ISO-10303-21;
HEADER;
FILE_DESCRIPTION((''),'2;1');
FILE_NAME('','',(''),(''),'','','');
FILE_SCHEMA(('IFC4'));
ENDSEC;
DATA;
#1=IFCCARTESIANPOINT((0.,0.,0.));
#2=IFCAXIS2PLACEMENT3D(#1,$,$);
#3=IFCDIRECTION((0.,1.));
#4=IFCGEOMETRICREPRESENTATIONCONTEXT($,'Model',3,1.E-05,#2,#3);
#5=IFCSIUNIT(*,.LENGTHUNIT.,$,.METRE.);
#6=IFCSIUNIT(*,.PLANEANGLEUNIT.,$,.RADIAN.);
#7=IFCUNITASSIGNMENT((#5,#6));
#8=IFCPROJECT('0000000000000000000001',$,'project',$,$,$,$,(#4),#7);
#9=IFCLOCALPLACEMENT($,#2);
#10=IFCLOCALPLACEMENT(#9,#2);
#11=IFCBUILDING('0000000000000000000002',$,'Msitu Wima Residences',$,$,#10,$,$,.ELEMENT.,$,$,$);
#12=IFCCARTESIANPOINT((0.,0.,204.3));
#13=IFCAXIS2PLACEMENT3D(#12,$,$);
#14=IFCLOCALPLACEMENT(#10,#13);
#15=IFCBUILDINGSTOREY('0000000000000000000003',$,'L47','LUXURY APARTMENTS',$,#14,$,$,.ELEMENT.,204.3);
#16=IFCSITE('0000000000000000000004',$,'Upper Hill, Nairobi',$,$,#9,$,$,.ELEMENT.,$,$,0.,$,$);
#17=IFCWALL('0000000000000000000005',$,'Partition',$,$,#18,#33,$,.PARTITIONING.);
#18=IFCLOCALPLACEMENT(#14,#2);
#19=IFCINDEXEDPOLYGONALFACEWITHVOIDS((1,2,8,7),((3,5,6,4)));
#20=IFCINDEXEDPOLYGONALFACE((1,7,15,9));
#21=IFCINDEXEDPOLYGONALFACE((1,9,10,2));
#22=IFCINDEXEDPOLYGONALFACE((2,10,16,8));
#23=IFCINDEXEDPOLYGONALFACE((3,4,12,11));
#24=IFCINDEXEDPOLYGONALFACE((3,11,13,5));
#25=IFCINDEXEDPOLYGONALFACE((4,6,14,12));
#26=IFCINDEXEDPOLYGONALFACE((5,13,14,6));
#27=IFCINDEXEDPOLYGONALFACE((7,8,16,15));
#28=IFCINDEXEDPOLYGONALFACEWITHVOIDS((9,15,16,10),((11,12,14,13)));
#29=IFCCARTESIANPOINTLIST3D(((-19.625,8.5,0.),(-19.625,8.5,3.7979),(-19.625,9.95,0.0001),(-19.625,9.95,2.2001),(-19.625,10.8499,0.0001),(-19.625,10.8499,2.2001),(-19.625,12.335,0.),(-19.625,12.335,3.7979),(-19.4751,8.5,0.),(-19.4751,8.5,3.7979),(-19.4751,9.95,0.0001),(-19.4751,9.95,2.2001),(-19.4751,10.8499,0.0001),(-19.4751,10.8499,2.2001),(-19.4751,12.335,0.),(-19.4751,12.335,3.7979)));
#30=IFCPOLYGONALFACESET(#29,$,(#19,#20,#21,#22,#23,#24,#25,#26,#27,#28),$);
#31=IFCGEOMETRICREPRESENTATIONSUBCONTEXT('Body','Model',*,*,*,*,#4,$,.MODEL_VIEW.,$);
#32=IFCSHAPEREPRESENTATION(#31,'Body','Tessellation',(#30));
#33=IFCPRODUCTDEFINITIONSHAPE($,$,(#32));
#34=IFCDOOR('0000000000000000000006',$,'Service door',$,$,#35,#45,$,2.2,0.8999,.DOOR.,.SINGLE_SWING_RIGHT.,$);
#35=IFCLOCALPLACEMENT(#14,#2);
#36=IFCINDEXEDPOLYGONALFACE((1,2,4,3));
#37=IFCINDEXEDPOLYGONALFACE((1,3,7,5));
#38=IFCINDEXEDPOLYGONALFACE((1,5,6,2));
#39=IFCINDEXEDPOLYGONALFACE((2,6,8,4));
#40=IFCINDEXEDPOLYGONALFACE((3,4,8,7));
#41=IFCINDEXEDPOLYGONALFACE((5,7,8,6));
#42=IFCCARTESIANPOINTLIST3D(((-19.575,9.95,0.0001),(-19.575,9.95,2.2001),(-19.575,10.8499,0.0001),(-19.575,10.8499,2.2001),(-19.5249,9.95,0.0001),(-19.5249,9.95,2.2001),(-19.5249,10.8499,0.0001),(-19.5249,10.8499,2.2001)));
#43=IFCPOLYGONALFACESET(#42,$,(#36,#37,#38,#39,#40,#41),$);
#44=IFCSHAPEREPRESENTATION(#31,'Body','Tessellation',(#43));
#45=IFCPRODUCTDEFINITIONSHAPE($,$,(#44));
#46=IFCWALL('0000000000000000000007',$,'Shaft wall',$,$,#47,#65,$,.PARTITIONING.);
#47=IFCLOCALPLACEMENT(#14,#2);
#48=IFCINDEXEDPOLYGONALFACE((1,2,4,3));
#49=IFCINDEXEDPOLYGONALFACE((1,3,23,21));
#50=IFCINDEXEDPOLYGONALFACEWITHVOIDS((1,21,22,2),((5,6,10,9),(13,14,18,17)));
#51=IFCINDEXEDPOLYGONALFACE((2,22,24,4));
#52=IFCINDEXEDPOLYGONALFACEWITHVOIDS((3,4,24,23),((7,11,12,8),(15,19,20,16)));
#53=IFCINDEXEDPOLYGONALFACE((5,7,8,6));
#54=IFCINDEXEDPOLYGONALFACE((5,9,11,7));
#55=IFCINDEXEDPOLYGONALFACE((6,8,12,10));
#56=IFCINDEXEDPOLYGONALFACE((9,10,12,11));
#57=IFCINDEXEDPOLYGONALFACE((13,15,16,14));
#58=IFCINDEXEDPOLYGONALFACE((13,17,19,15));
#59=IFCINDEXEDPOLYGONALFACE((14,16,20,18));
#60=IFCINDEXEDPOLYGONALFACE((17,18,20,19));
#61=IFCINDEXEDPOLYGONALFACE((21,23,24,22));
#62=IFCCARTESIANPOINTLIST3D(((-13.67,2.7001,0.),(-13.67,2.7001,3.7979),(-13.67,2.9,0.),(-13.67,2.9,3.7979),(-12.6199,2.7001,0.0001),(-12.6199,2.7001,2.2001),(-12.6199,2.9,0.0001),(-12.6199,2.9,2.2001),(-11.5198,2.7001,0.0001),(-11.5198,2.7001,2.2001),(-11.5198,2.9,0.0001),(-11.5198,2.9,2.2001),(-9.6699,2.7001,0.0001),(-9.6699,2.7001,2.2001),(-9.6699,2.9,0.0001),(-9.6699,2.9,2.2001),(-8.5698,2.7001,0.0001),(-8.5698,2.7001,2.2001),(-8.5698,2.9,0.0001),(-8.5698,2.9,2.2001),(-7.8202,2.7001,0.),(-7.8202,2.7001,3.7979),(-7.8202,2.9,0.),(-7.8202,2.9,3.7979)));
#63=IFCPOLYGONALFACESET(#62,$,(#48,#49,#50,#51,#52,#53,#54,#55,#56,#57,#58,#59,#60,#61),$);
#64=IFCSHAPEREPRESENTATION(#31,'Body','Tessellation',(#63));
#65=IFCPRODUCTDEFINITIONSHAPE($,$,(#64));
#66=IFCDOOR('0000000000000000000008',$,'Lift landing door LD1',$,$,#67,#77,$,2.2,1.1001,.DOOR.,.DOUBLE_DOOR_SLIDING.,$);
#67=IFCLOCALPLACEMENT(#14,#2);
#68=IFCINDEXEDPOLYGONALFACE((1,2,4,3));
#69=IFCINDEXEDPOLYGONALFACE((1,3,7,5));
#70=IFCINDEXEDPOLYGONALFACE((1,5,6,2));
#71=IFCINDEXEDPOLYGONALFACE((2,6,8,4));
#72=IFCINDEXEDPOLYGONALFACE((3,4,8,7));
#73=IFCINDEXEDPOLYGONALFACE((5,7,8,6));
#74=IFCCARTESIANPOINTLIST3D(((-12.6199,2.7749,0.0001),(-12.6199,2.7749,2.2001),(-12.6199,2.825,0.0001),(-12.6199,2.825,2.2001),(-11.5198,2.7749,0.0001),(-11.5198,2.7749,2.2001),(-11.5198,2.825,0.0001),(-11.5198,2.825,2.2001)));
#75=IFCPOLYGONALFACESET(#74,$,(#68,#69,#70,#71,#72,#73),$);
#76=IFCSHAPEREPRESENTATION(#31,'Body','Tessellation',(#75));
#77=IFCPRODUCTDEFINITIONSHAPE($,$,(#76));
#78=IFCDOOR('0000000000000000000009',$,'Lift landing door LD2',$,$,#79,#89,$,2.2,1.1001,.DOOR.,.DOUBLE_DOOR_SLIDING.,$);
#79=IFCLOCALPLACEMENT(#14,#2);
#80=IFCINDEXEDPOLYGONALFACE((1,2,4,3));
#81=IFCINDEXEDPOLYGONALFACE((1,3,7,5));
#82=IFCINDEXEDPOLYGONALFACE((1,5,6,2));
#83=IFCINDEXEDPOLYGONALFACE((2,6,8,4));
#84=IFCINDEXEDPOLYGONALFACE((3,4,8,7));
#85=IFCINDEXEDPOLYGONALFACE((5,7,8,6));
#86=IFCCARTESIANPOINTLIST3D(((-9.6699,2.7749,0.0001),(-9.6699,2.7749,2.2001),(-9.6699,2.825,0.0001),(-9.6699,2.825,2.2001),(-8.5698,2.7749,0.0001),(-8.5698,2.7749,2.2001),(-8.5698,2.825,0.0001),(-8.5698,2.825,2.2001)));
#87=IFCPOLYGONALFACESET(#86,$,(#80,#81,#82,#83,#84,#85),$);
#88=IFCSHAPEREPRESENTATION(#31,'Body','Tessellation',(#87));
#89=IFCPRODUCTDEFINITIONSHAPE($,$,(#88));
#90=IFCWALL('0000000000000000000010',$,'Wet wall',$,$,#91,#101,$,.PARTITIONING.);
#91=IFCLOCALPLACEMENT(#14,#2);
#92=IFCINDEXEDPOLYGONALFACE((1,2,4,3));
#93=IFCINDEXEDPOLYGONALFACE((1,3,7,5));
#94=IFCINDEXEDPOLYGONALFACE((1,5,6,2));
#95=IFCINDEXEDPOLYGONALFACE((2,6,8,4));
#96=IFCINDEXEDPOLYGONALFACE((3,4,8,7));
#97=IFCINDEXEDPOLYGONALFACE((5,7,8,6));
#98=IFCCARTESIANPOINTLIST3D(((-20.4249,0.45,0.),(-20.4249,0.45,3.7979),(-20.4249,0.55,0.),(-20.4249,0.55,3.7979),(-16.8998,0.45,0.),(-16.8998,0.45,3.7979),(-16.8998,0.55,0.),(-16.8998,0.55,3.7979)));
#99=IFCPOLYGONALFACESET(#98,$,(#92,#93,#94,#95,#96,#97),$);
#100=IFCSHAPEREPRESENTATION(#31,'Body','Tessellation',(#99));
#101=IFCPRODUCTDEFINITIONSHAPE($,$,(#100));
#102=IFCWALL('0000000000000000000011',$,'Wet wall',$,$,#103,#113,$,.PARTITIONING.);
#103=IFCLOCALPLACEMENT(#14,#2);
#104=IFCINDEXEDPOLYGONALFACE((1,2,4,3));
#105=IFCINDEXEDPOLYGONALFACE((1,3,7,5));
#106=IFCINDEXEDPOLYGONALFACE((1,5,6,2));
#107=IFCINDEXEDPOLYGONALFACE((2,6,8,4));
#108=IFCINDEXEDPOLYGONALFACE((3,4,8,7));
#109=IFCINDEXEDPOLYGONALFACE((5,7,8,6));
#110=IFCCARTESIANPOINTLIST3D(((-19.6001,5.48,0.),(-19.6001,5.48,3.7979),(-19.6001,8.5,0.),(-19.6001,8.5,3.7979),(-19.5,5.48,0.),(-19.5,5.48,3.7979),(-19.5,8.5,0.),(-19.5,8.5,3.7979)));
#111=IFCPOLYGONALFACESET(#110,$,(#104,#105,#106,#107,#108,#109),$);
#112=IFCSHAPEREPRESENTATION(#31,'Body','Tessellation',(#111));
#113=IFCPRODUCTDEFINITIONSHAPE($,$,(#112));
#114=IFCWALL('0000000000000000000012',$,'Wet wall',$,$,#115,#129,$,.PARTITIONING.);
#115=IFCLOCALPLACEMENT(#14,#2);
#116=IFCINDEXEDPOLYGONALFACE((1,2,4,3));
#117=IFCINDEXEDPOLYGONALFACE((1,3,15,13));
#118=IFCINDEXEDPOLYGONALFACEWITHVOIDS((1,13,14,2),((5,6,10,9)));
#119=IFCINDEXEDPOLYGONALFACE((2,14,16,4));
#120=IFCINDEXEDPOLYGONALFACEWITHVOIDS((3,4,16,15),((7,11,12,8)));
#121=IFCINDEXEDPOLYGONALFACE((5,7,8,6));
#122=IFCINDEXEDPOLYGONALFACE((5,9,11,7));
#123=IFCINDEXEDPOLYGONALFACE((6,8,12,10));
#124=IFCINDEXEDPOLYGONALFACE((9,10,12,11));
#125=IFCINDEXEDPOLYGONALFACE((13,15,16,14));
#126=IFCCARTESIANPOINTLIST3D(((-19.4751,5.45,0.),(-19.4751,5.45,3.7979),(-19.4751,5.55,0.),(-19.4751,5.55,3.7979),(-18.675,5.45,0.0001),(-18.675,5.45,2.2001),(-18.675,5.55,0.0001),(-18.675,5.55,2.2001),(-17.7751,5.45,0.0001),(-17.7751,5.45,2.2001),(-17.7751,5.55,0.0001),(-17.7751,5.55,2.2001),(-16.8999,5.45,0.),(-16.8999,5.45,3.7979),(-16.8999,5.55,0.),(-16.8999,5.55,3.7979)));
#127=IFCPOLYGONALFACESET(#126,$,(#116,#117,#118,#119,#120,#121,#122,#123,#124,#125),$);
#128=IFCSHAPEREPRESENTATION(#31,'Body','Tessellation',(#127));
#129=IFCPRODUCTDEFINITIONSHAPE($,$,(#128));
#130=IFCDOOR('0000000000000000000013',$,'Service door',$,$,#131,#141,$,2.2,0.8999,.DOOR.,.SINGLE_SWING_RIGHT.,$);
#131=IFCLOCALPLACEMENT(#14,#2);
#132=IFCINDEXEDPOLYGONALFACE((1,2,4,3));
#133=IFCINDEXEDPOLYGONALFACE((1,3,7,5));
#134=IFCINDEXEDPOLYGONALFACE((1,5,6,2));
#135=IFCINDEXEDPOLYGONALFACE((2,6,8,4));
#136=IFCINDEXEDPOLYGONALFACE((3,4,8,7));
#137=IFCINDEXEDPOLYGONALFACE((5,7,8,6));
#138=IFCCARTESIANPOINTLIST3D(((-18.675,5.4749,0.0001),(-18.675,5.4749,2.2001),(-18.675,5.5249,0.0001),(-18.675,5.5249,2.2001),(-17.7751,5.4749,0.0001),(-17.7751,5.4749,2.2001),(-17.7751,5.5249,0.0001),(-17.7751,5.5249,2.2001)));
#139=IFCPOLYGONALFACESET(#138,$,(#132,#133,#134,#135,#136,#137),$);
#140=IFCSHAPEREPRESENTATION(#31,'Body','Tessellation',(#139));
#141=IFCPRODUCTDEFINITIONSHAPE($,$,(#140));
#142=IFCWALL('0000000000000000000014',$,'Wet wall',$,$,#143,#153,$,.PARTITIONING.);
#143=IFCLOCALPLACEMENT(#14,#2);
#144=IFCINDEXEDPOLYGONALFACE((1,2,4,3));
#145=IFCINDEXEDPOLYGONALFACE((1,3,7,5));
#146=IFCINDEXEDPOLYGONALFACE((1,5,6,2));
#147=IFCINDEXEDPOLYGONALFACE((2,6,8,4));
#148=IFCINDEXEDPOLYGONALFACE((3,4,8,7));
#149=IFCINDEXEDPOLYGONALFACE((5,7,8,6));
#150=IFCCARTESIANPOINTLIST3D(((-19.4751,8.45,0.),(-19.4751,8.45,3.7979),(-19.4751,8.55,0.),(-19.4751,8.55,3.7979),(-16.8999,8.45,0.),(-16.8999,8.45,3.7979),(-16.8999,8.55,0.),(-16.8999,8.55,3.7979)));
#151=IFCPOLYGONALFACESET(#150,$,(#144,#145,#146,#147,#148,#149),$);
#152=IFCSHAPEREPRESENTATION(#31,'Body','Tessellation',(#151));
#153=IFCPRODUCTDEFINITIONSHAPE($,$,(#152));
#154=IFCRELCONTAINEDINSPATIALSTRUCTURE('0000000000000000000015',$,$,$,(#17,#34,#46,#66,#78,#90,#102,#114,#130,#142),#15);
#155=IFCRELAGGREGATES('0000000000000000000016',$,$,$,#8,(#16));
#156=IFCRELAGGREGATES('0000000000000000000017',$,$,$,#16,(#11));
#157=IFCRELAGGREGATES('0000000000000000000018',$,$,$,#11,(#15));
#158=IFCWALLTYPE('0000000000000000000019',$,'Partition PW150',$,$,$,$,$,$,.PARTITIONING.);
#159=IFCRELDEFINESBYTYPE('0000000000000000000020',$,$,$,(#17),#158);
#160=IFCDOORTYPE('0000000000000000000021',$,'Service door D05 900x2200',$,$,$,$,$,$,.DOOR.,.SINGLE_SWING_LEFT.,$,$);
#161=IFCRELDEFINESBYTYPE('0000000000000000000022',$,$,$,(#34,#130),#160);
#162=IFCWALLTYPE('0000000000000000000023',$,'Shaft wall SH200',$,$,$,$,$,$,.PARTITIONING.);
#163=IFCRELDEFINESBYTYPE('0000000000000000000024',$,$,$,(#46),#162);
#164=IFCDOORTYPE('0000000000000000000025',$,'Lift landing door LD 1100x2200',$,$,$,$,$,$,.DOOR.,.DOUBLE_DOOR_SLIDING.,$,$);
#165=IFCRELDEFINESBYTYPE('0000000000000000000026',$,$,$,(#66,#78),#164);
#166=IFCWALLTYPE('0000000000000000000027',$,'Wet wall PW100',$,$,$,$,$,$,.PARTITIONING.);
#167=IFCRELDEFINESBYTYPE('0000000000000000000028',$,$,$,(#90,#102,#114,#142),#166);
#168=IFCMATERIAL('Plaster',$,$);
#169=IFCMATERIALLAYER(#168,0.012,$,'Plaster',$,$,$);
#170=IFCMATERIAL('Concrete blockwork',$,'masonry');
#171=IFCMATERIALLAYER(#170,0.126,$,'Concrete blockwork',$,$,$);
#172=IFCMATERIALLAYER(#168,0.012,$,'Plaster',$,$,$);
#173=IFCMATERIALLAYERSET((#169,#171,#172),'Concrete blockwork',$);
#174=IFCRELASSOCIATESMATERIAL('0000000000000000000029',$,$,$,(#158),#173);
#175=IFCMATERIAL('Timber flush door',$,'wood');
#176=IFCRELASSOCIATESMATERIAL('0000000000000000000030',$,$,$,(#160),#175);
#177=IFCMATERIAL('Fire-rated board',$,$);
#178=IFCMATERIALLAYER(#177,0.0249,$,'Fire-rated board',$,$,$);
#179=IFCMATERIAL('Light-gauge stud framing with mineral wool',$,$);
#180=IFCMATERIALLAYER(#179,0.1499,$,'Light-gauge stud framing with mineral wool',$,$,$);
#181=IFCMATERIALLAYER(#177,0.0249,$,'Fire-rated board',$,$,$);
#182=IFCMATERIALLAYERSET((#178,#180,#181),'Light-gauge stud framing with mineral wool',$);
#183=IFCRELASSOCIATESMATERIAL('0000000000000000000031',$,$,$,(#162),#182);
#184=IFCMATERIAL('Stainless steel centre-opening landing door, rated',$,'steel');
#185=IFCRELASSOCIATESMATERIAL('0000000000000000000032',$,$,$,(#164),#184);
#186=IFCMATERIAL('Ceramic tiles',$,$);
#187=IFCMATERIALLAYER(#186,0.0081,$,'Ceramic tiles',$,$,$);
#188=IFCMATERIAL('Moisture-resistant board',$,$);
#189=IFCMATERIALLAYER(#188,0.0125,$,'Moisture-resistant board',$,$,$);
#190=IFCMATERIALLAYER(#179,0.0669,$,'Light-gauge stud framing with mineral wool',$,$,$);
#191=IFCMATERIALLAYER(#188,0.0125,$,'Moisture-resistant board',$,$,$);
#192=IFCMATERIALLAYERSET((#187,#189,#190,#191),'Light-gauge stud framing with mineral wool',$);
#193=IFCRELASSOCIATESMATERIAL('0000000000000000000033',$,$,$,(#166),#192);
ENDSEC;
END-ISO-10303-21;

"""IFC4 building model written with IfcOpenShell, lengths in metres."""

from ifc_helpers import new_model, si_unit, direction, frame, frame_2d, origin, place, context, subcontext, project, spatial, rectangle, extrude, material, layer, layer_set, type_object, element, fill, save


model = new_model("IFC4")

# Units and contexts
model_context = context("Model", 3, precision=1e-05, world=origin(), true_north=direction((0.0, 1.0)))
body_context = subcontext(model_context, "Body", "Model", "MODEL_VIEW")
ifc_project = project(units=[si_unit("LENGTHUNIT", "METRE"), si_unit("PLANEANGLEUNIT", "RADIAN")], contexts=[model_context])

# Site, building, storey
site_placement = place(None, origin())
site = spatial("IfcSite", under=ifc_project, at=site_placement, Name="Upper Hill, Nairobi", CompositionType="ELEMENT", RefElevation=0.0)
building_placement = place(site_placement, origin())
building = spatial("IfcBuilding", under=site, at=building_placement, Name="Msitu Wima Residences", CompositionType="ELEMENT")
storey_placement = place(building_placement, frame((0.0, 0.0, 204.3)))
storey = spatial("IfcBuildingStorey", under=building, at=storey_placement, Name="L47", Description="LUXURY APARTMENTS", CompositionType="ELEMENT", Elevation=204.3)

# Shared definitions
ifc_material_1 = material(Name="Plaster")
ifc_layer_1 = layer(ifc_material_1, 0.012, Name="Plaster")
ifc_material_2 = material(Name="Concrete blockwork", Category="masonry")
ifc_layer_2 = layer(ifc_material_2, 0.126, Name="Concrete blockwork")
ifc_layer_3 = layer(ifc_material_1, 0.012, Name="Plaster")
ifc_layer_set_1 = layer_set([ifc_layer_1, ifc_layer_2, ifc_layer_3], Name="Concrete blockwork")
wall_type_1 = type_object("IfcWallType", Name="Partition PW150", PredefinedType="PARTITIONING", material=ifc_layer_set_1)
ifc_material_3 = material(Name="Timber flush door", Category="wood")

# Wall, opening, door
wall_1_placement = place(storey_placement, frame((-19.55, 8.5, 0.0), z_axis=(0.0, 0.0, 1.0), x_axis=(0.0, 1.0, 0.0)))
wall_1 = element("IfcWall", 1, at=wall_1_placement, inside=storey, type_object=wall_type_1, Name="Partition", PredefinedType="PARTITIONING", context=body_context, shape_type="SweptSolid", body=[
    extrude(rectangle(XDim=3.835, YDim=0.1499, at=frame_2d((1.9175, 0.0))), origin(), (0.0, 0.0, 1.0), 3.7979),
])
opening_1_placement = place(wall_1_placement, frame((1.45, 0.0, 0.0)))
opening_1 = element("IfcOpeningElement", 2, at=opening_1_placement, cuts=wall_1, PredefinedType="OPENING", context=body_context, shape_type="SweptSolid", body=[
    extrude(rectangle(XDim=0.8999, YDim=2.2, at=frame_2d((0.45, 1.1001))), frame((0.0, 0.085, 0.0), z_axis=(0.0, -1.0, 0.0), x_axis=(1.0, 0.0, 0.0)), (0.0, 0.0, 1.0), 0.1699),
])
door_type_1 = type_object("IfcDoorType", Name="Service door D05 900x2200", OperationType="SINGLE_SWING_LEFT", PredefinedType="DOOR", material=ifc_material_3)
door_1_placement = place(opening_1_placement, origin())
door_1 = element("IfcDoor", 3, at=door_1_placement, inside=storey, type_object=door_type_1, Name="Service door", OperationType="SINGLE_SWING_RIGHT", OverallHeight=2.2, OverallWidth=0.8999, PredefinedType="DOOR", context=body_context, shape_type="SweptSolid", body=[
    extrude(rectangle(XDim=0.8999, YDim=2.2, at=frame_2d((0.45, 1.1001))), frame((0.0, 0.0249, 0.0), z_axis=(0.0, -1.0, 0.0), x_axis=(1.0, 0.0, 0.0)), (0.0, 0.0, 1.0), 0.05),
])
fill(opening_1, door_1)

# Wall, openings, doors
ifc_material_4 = material(Name="Fire-rated board")
ifc_layer_4 = layer(ifc_material_4, 0.0249, Name="Fire-rated board")
ifc_material_5 = material(Name="Light-gauge stud framing with mineral wool")
ifc_layer_5 = layer(ifc_material_5, 0.1499, Name="Light-gauge stud framing with mineral wool")
ifc_layer_6 = layer(ifc_material_4, 0.0249, Name="Fire-rated board")
ifc_layer_set_2 = layer_set([ifc_layer_4, ifc_layer_5, ifc_layer_6], Name="Light-gauge stud framing with mineral wool")
wall_type_2 = type_object("IfcWallType", Name="Shaft wall SH200", PredefinedType="PARTITIONING", material=ifc_layer_set_2)
wall_2_placement = place(storey_placement, frame((-13.6699, 2.8, 0.0), z_axis=(0.0, 0.0, 1.0), x_axis=(1.0, 0.0, 0.0)))
wall_2 = element("IfcWall", 4, at=wall_2_placement, inside=storey, type_object=wall_type_2, Name="Shaft wall", PredefinedType="PARTITIONING", context=body_context, shape_type="SweptSolid", body=[
    extrude(rectangle(XDim=5.8499, YDim=0.2, at=frame_2d((2.9248, 0.0))), origin(), (0.0, 0.0, 1.0), 3.7979),
])
opening_2_placement = place(wall_2_placement, frame((1.05, 0.0, 0.0)))
opening_2 = element("IfcOpeningElement", 5, at=opening_2_placement, cuts=wall_2, PredefinedType="OPENING", context=body_context, shape_type="SweptSolid", body=[
    extrude(rectangle(XDim=1.1001, YDim=2.2, at=frame_2d((0.55, 1.1001))), frame((0.0, 0.1099, 0.0), z_axis=(0.0, -1.0, 0.0), x_axis=(1.0, 0.0, 0.0)), (0.0, 0.0, 1.0), 0.22),
])
opening_3_placement = place(wall_2_placement, frame((4.0, 0.0, 0.0)))
opening_3 = element("IfcOpeningElement", 6, at=opening_3_placement, cuts=wall_2, PredefinedType="OPENING", context=body_context, shape_type="SweptSolid", body=[
    extrude(rectangle(XDim=1.1001, YDim=2.2, at=frame_2d((0.55, 1.1001))), frame((0.0, 0.1099, 0.0), z_axis=(0.0, -1.0, 0.0), x_axis=(1.0, 0.0, 0.0)), (0.0, 0.0, 1.0), 0.22),
])
ifc_material_6 = material(Name="Stainless steel centre-opening landing door, rated", Category="steel")
door_type_2 = type_object("IfcDoorType", Name="Lift landing door LD 1100x2200", OperationType="DOUBLE_DOOR_SLIDING", PredefinedType="DOOR", material=ifc_material_6)
door_2_placement = place(opening_2_placement, origin())
door_2 = element("IfcDoor", 7, at=door_2_placement, inside=storey, type_object=door_type_2, Name="Lift landing door LD1", OperationType="DOUBLE_DOOR_SLIDING", OverallHeight=2.2, OverallWidth=1.1001, PredefinedType="DOOR", context=body_context, shape_type="SweptSolid", body=[
    extrude(rectangle(XDim=1.1001, YDim=2.2, at=frame_2d((0.55, 1.1001))), frame((0.0, 0.0249, 0.0), z_axis=(0.0, -1.0, 0.0), x_axis=(1.0, 0.0, 0.0)), (0.0, 0.0, 1.0), 0.05),
])
fill(opening_2, door_2)
door_3_placement = place(opening_3_placement, origin())
door_3 = element("IfcDoor", 8, at=door_3_placement, inside=storey, type_object=door_type_2, Name="Lift landing door LD2", OperationType="DOUBLE_DOOR_SLIDING", OverallHeight=2.2, OverallWidth=1.1001, PredefinedType="DOOR", context=body_context, shape_type="SweptSolid", body=[
    extrude(rectangle(XDim=1.1001, YDim=2.2, at=frame_2d((0.55, 1.1001))), frame((0.0, 0.0249, 0.0), z_axis=(0.0, -1.0, 0.0), x_axis=(1.0, 0.0, 0.0)), (0.0, 0.0, 1.0), 0.05),
])
fill(opening_3, door_3)

# Walls
ifc_material_7 = material(Name="Ceramic tiles")
ifc_layer_7 = layer(ifc_material_7, 0.0081, Name="Ceramic tiles")
ifc_material_8 = material(Name="Moisture-resistant board")
ifc_layer_8 = layer(ifc_material_8, 0.0125, Name="Moisture-resistant board")
ifc_layer_9 = layer(ifc_material_5, 0.0669, Name="Light-gauge stud framing with mineral wool")
ifc_layer_10 = layer(ifc_material_8, 0.0125, Name="Moisture-resistant board")
ifc_layer_set_3 = layer_set([ifc_layer_7, ifc_layer_8, ifc_layer_9, ifc_layer_10], Name="Light-gauge stud framing with mineral wool")
wall_type_3 = type_object("IfcWallType", Name="Wet wall PW100", PredefinedType="PARTITIONING", material=ifc_layer_set_3)
wall_3_placement = place(storey_placement, frame((-20.425, 0.5, 0.0), z_axis=(0.0, 0.0, 1.0), x_axis=(1.0, 0.0, 0.0)))
element("IfcWall", 9, at=wall_3_placement, inside=storey, type_object=wall_type_3, Name="Wet wall", PredefinedType="PARTITIONING", context=body_context, shape_type="SweptSolid", body=[
    extrude(rectangle(XDim=3.5251, YDim=0.1001, at=frame_2d((1.7627, 0.0))), origin(), (0.0, 0.0, 1.0), 3.7979),
])
wall_4_placement = place(storey_placement, frame((-19.55, 5.48, 0.0), z_axis=(0.0, 0.0, 1.0), x_axis=(0.0, 1.0, 0.0)))
element("IfcWall", 10, at=wall_4_placement, inside=storey, type_object=wall_type_3, Name="Wet wall", PredefinedType="PARTITIONING", context=body_context, shape_type="SweptSolid", body=[
    extrude(rectangle(XDim=3.02, YDim=0.1001, at=frame_2d((1.51, 0.0))), origin(), (0.0, 0.0, 1.0), 3.7979),
])

# Wall, opening, door
wall_5_placement = place(storey_placement, frame((-19.4751, 5.5, 0.0), z_axis=(0.0, 0.0, 1.0), x_axis=(1.0, 0.0, 0.0)))
wall_5 = element("IfcWall", 11, at=wall_5_placement, inside=storey, type_object=wall_type_3, Name="Wet wall", PredefinedType="PARTITIONING", context=body_context, shape_type="SweptSolid", body=[
    extrude(rectangle(XDim=2.5752, YDim=0.1001, at=frame_2d((1.2876, 0.0))), origin(), (0.0, 0.0, 1.0), 3.7979),
])
opening_4_placement = place(wall_5_placement, frame((0.8, 0.0, 0.0)))
opening_4 = element("IfcOpeningElement", 12, at=opening_4_placement, cuts=wall_5, PredefinedType="OPENING", context=body_context, shape_type="SweptSolid", body=[
    extrude(rectangle(XDim=0.8999, YDim=2.2, at=frame_2d((0.45, 1.1001))), frame((0.0, 0.0601, 0.0), z_axis=(0.0, -1.0, 0.0), x_axis=(1.0, 0.0, 0.0)), (0.0, 0.0, 1.0), 0.1201),
])
door_4_placement = place(opening_4_placement, origin())
door_4 = element("IfcDoor", 13, at=door_4_placement, inside=storey, type_object=door_type_1, Name="Service door", OperationType="SINGLE_SWING_RIGHT", OverallHeight=2.2, OverallWidth=0.8999, PredefinedType="DOOR", context=body_context, shape_type="SweptSolid", body=[
    extrude(rectangle(XDim=0.8999, YDim=2.2, at=frame_2d((0.45, 1.1001))), frame((0.0, 0.0249, 0.0), z_axis=(0.0, -1.0, 0.0), x_axis=(1.0, 0.0, 0.0)), (0.0, 0.0, 1.0), 0.05),
])
fill(opening_4, door_4)

# Wall
wall_6_placement = place(storey_placement, frame((-19.4751, 8.5, 0.0), z_axis=(0.0, 0.0, 1.0), x_axis=(1.0, 0.0, 0.0)))
element("IfcWall", 14, at=wall_6_placement, inside=storey, type_object=wall_type_3, Name="Wet wall", PredefinedType="PARTITIONING", context=body_context, shape_type="SweptSolid", body=[
    extrude(rectangle(XDim=2.5752, YDim=0.1001, at=frame_2d((1.2876, 0.0))), origin(), (0.0, 0.0, 1.0), 3.7979),
])

save(model, "model.ifc")
